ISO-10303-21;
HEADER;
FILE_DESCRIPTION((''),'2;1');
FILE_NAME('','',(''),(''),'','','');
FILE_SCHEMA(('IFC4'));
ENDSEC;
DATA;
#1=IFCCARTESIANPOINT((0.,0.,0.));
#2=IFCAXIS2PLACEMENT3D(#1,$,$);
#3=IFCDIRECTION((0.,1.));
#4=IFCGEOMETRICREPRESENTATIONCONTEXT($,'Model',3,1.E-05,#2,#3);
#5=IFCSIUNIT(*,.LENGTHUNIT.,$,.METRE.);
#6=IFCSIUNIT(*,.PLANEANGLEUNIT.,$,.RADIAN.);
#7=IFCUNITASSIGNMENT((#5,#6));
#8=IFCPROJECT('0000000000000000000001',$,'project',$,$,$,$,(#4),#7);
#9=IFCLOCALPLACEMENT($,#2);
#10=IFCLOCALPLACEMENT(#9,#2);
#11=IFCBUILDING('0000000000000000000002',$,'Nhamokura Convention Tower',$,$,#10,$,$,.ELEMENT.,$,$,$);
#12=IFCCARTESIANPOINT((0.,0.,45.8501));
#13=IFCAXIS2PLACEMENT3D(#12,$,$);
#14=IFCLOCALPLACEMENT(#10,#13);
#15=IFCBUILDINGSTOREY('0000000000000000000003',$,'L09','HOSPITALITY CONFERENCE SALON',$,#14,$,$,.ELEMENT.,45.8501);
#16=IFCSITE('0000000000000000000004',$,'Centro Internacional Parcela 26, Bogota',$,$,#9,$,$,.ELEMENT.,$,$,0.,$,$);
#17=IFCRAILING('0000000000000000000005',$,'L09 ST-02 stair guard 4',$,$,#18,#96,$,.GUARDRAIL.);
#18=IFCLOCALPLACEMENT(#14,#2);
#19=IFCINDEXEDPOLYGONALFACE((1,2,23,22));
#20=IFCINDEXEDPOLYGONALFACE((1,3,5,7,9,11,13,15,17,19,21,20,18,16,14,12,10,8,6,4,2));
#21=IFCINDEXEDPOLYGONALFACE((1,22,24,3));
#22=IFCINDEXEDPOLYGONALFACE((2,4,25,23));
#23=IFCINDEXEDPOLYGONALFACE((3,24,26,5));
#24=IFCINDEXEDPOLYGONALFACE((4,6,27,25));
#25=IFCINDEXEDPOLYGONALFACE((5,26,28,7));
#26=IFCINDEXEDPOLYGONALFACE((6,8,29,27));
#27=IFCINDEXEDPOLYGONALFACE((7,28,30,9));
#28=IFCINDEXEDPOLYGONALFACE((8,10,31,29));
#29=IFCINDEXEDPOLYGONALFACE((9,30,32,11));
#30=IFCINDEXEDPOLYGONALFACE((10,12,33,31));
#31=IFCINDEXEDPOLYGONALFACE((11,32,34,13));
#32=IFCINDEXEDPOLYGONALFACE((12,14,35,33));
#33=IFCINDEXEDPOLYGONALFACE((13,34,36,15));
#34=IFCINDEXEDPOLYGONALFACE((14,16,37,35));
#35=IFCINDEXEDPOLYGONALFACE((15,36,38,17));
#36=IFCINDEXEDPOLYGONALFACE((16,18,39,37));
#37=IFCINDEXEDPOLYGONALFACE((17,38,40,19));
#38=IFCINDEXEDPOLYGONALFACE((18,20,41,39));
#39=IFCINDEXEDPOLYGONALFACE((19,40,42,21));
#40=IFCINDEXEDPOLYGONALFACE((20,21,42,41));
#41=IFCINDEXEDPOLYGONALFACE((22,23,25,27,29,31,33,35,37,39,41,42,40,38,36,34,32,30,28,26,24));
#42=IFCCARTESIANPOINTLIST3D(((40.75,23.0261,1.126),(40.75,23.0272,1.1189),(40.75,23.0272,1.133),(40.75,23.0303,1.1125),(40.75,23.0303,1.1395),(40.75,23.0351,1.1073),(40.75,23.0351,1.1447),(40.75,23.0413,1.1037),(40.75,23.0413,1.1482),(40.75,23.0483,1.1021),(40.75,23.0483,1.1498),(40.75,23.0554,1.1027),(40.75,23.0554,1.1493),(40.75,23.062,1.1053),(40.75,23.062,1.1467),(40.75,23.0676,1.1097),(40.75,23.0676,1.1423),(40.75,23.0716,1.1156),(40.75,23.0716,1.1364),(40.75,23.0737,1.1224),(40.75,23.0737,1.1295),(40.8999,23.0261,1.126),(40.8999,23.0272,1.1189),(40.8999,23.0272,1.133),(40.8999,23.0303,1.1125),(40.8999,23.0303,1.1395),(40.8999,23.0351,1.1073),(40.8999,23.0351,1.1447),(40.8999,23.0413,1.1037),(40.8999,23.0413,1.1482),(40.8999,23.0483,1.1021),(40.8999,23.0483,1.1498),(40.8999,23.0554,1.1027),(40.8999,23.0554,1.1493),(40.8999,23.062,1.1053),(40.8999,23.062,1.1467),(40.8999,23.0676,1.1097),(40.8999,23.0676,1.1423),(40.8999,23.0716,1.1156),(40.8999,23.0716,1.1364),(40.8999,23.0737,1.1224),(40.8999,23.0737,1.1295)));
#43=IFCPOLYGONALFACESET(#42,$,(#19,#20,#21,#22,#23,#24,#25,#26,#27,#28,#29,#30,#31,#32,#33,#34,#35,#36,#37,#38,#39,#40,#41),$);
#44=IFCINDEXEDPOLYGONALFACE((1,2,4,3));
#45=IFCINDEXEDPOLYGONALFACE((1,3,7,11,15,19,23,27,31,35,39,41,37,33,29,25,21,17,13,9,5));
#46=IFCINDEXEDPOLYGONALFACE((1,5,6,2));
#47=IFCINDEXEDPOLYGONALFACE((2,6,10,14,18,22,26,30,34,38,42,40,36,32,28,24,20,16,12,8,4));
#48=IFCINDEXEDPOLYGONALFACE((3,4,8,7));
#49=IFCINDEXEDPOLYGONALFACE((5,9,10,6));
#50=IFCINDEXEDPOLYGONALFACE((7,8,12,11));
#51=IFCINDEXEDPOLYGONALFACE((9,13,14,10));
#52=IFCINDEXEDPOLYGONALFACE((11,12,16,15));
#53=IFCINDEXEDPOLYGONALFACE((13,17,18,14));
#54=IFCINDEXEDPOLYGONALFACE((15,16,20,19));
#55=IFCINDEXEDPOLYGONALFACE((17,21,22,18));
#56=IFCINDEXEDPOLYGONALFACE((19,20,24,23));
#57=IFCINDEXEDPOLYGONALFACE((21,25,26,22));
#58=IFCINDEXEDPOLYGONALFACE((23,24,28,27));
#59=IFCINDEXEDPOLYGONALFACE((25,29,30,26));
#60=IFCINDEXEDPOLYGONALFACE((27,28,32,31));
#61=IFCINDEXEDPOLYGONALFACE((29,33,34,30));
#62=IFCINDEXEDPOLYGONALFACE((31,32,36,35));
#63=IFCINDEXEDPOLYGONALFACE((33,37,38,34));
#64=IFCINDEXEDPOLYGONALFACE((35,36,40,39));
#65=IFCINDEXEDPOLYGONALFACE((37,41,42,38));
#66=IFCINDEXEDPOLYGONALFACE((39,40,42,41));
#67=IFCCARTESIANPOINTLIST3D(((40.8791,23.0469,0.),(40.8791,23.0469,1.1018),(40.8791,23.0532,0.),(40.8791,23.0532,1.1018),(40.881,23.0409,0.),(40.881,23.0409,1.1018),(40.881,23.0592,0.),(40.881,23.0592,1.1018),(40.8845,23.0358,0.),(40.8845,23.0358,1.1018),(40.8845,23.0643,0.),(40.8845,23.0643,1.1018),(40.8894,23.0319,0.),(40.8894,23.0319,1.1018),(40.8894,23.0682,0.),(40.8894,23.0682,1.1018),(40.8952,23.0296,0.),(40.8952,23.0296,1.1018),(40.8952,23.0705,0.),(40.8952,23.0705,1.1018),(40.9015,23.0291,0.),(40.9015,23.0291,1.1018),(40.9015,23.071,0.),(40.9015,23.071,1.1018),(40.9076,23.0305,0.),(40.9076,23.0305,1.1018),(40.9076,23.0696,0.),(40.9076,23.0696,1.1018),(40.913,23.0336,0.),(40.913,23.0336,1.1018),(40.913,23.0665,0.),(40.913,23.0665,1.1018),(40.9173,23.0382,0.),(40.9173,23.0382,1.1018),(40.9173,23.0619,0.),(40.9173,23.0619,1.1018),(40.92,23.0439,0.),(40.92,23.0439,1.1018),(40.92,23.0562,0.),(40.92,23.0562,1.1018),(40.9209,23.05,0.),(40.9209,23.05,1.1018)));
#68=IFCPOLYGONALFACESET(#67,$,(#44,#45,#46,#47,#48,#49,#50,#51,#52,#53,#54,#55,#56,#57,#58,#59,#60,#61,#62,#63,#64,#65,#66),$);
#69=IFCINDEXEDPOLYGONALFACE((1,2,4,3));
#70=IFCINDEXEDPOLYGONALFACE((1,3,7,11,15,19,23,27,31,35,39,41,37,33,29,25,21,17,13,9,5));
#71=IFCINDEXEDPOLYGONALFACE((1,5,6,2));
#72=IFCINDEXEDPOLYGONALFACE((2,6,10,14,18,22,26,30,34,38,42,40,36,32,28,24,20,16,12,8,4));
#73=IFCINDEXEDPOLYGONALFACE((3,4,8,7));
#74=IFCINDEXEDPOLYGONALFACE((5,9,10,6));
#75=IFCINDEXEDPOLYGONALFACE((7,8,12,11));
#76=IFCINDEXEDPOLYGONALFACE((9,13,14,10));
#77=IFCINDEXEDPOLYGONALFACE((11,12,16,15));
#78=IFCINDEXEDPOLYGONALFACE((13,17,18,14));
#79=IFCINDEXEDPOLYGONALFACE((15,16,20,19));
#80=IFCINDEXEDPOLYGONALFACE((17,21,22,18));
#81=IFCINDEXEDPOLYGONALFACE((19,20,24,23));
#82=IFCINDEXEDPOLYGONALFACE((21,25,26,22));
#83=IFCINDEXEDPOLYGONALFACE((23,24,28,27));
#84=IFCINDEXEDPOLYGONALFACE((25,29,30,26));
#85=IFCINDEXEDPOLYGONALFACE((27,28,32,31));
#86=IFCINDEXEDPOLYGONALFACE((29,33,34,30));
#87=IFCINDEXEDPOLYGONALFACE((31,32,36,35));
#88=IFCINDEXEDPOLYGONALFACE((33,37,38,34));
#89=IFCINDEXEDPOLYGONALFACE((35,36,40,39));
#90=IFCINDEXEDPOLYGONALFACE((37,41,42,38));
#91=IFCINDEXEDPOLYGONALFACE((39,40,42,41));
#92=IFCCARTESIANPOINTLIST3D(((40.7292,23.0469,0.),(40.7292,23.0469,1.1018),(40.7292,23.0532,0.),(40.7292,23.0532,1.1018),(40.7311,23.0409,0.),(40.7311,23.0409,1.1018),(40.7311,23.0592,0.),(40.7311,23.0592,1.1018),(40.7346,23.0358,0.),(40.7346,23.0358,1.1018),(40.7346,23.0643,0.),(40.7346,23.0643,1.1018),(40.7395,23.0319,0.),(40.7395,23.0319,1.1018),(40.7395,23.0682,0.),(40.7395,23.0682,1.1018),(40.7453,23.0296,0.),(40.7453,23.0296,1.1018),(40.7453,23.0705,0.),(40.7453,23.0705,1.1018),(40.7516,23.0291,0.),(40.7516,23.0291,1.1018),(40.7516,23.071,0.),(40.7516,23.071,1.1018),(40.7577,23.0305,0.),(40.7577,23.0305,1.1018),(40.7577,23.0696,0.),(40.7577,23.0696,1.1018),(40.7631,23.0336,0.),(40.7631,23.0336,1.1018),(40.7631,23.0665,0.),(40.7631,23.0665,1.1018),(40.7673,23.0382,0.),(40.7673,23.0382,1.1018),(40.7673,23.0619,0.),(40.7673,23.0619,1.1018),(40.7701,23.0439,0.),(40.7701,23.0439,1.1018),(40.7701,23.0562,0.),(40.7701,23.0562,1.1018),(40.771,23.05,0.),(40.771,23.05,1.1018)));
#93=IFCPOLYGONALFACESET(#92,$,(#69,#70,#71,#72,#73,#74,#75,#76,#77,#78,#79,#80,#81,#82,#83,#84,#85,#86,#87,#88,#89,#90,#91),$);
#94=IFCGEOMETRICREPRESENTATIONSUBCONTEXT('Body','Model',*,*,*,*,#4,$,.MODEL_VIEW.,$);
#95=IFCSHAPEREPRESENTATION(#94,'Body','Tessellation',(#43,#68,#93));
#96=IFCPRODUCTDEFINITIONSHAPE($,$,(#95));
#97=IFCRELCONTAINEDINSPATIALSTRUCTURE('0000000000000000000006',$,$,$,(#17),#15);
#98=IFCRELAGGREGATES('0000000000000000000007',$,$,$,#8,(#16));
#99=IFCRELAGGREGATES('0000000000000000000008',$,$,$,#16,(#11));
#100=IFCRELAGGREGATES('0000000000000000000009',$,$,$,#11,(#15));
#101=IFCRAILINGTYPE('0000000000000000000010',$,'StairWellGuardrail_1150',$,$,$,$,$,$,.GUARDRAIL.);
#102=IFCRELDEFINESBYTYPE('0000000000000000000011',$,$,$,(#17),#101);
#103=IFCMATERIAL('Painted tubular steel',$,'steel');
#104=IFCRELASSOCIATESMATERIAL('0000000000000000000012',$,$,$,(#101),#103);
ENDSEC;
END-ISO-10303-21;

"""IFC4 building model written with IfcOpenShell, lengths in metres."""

from ifc_helpers import new_model, si_unit, direction, frame, origin, origin_2d, place, context, subcontext, project, spatial, circle, extrude, material, type_object, element, save


model = new_model("IFC4")

# Units and contexts
model_context = context("Model", 3, precision=1e-05, world=origin(), true_north=direction((0.0, 1.0)))
body_context = subcontext(model_context, "Body", "Model", "MODEL_VIEW")
ifc_project = project(units=[si_unit("LENGTHUNIT", "METRE"), si_unit("PLANEANGLEUNIT", "RADIAN")], contexts=[model_context])

# Site, building, storey
site_placement = place(None, origin())
site = spatial("IfcSite", under=ifc_project, at=site_placement, Name="Centro Internacional Parcela 26, Bogota", CompositionType="ELEMENT", RefElevation=0.0)
building_placement = place(site_placement, origin())
building = spatial("IfcBuilding", under=site, at=building_placement, Name="Nhamokura Convention Tower", CompositionType="ELEMENT")
storey_placement = place(building_placement, frame((0.0, 0.0, 45.8501)))
storey = spatial("IfcBuildingStorey", under=building, at=storey_placement, Name="L09", Description="HOSPITALITY CONFERENCE SALON", CompositionType="ELEMENT", Elevation=45.8501)

# Railing
ifc_material_1 = material(Name="Painted tubular steel", Category="steel")
railing_type_1 = type_object("IfcRailingType", Name="StairWellGuardrail_1150", PredefinedType="GUARDRAIL", material=ifc_material_1)
railing_1_placement = place(storey_placement, frame((40.8999, 23.05, 0.0)))
element("IfcRailing", 1, at=railing_1_placement, inside=storey, type_object=railing_type_1, Name="L09 ST-02 stair guard 4", PredefinedType="GUARDRAIL", context=body_context, shape_type="SweptSolid", body=[
    extrude(circle(Radius=0.0239, at=origin_2d()), frame((0.0, 0.0, 1.126), z_axis=(-1.0, 0.0, 0.0), x_axis=(0.0, -1.0, 0.0)), (0.0, 0.0, 1.0), 0.1499),
    extrude(circle(Radius=0.021, at=origin_2d()), origin(), (0.0, 0.0, 1.0), 1.1018),
    extrude(circle(Radius=0.021, at=origin_2d()), frame((-0.1499, 0.0, 0.0)), (0.0, 0.0, 1.0), 1.1018),
])

save(model, "model.ifc")
